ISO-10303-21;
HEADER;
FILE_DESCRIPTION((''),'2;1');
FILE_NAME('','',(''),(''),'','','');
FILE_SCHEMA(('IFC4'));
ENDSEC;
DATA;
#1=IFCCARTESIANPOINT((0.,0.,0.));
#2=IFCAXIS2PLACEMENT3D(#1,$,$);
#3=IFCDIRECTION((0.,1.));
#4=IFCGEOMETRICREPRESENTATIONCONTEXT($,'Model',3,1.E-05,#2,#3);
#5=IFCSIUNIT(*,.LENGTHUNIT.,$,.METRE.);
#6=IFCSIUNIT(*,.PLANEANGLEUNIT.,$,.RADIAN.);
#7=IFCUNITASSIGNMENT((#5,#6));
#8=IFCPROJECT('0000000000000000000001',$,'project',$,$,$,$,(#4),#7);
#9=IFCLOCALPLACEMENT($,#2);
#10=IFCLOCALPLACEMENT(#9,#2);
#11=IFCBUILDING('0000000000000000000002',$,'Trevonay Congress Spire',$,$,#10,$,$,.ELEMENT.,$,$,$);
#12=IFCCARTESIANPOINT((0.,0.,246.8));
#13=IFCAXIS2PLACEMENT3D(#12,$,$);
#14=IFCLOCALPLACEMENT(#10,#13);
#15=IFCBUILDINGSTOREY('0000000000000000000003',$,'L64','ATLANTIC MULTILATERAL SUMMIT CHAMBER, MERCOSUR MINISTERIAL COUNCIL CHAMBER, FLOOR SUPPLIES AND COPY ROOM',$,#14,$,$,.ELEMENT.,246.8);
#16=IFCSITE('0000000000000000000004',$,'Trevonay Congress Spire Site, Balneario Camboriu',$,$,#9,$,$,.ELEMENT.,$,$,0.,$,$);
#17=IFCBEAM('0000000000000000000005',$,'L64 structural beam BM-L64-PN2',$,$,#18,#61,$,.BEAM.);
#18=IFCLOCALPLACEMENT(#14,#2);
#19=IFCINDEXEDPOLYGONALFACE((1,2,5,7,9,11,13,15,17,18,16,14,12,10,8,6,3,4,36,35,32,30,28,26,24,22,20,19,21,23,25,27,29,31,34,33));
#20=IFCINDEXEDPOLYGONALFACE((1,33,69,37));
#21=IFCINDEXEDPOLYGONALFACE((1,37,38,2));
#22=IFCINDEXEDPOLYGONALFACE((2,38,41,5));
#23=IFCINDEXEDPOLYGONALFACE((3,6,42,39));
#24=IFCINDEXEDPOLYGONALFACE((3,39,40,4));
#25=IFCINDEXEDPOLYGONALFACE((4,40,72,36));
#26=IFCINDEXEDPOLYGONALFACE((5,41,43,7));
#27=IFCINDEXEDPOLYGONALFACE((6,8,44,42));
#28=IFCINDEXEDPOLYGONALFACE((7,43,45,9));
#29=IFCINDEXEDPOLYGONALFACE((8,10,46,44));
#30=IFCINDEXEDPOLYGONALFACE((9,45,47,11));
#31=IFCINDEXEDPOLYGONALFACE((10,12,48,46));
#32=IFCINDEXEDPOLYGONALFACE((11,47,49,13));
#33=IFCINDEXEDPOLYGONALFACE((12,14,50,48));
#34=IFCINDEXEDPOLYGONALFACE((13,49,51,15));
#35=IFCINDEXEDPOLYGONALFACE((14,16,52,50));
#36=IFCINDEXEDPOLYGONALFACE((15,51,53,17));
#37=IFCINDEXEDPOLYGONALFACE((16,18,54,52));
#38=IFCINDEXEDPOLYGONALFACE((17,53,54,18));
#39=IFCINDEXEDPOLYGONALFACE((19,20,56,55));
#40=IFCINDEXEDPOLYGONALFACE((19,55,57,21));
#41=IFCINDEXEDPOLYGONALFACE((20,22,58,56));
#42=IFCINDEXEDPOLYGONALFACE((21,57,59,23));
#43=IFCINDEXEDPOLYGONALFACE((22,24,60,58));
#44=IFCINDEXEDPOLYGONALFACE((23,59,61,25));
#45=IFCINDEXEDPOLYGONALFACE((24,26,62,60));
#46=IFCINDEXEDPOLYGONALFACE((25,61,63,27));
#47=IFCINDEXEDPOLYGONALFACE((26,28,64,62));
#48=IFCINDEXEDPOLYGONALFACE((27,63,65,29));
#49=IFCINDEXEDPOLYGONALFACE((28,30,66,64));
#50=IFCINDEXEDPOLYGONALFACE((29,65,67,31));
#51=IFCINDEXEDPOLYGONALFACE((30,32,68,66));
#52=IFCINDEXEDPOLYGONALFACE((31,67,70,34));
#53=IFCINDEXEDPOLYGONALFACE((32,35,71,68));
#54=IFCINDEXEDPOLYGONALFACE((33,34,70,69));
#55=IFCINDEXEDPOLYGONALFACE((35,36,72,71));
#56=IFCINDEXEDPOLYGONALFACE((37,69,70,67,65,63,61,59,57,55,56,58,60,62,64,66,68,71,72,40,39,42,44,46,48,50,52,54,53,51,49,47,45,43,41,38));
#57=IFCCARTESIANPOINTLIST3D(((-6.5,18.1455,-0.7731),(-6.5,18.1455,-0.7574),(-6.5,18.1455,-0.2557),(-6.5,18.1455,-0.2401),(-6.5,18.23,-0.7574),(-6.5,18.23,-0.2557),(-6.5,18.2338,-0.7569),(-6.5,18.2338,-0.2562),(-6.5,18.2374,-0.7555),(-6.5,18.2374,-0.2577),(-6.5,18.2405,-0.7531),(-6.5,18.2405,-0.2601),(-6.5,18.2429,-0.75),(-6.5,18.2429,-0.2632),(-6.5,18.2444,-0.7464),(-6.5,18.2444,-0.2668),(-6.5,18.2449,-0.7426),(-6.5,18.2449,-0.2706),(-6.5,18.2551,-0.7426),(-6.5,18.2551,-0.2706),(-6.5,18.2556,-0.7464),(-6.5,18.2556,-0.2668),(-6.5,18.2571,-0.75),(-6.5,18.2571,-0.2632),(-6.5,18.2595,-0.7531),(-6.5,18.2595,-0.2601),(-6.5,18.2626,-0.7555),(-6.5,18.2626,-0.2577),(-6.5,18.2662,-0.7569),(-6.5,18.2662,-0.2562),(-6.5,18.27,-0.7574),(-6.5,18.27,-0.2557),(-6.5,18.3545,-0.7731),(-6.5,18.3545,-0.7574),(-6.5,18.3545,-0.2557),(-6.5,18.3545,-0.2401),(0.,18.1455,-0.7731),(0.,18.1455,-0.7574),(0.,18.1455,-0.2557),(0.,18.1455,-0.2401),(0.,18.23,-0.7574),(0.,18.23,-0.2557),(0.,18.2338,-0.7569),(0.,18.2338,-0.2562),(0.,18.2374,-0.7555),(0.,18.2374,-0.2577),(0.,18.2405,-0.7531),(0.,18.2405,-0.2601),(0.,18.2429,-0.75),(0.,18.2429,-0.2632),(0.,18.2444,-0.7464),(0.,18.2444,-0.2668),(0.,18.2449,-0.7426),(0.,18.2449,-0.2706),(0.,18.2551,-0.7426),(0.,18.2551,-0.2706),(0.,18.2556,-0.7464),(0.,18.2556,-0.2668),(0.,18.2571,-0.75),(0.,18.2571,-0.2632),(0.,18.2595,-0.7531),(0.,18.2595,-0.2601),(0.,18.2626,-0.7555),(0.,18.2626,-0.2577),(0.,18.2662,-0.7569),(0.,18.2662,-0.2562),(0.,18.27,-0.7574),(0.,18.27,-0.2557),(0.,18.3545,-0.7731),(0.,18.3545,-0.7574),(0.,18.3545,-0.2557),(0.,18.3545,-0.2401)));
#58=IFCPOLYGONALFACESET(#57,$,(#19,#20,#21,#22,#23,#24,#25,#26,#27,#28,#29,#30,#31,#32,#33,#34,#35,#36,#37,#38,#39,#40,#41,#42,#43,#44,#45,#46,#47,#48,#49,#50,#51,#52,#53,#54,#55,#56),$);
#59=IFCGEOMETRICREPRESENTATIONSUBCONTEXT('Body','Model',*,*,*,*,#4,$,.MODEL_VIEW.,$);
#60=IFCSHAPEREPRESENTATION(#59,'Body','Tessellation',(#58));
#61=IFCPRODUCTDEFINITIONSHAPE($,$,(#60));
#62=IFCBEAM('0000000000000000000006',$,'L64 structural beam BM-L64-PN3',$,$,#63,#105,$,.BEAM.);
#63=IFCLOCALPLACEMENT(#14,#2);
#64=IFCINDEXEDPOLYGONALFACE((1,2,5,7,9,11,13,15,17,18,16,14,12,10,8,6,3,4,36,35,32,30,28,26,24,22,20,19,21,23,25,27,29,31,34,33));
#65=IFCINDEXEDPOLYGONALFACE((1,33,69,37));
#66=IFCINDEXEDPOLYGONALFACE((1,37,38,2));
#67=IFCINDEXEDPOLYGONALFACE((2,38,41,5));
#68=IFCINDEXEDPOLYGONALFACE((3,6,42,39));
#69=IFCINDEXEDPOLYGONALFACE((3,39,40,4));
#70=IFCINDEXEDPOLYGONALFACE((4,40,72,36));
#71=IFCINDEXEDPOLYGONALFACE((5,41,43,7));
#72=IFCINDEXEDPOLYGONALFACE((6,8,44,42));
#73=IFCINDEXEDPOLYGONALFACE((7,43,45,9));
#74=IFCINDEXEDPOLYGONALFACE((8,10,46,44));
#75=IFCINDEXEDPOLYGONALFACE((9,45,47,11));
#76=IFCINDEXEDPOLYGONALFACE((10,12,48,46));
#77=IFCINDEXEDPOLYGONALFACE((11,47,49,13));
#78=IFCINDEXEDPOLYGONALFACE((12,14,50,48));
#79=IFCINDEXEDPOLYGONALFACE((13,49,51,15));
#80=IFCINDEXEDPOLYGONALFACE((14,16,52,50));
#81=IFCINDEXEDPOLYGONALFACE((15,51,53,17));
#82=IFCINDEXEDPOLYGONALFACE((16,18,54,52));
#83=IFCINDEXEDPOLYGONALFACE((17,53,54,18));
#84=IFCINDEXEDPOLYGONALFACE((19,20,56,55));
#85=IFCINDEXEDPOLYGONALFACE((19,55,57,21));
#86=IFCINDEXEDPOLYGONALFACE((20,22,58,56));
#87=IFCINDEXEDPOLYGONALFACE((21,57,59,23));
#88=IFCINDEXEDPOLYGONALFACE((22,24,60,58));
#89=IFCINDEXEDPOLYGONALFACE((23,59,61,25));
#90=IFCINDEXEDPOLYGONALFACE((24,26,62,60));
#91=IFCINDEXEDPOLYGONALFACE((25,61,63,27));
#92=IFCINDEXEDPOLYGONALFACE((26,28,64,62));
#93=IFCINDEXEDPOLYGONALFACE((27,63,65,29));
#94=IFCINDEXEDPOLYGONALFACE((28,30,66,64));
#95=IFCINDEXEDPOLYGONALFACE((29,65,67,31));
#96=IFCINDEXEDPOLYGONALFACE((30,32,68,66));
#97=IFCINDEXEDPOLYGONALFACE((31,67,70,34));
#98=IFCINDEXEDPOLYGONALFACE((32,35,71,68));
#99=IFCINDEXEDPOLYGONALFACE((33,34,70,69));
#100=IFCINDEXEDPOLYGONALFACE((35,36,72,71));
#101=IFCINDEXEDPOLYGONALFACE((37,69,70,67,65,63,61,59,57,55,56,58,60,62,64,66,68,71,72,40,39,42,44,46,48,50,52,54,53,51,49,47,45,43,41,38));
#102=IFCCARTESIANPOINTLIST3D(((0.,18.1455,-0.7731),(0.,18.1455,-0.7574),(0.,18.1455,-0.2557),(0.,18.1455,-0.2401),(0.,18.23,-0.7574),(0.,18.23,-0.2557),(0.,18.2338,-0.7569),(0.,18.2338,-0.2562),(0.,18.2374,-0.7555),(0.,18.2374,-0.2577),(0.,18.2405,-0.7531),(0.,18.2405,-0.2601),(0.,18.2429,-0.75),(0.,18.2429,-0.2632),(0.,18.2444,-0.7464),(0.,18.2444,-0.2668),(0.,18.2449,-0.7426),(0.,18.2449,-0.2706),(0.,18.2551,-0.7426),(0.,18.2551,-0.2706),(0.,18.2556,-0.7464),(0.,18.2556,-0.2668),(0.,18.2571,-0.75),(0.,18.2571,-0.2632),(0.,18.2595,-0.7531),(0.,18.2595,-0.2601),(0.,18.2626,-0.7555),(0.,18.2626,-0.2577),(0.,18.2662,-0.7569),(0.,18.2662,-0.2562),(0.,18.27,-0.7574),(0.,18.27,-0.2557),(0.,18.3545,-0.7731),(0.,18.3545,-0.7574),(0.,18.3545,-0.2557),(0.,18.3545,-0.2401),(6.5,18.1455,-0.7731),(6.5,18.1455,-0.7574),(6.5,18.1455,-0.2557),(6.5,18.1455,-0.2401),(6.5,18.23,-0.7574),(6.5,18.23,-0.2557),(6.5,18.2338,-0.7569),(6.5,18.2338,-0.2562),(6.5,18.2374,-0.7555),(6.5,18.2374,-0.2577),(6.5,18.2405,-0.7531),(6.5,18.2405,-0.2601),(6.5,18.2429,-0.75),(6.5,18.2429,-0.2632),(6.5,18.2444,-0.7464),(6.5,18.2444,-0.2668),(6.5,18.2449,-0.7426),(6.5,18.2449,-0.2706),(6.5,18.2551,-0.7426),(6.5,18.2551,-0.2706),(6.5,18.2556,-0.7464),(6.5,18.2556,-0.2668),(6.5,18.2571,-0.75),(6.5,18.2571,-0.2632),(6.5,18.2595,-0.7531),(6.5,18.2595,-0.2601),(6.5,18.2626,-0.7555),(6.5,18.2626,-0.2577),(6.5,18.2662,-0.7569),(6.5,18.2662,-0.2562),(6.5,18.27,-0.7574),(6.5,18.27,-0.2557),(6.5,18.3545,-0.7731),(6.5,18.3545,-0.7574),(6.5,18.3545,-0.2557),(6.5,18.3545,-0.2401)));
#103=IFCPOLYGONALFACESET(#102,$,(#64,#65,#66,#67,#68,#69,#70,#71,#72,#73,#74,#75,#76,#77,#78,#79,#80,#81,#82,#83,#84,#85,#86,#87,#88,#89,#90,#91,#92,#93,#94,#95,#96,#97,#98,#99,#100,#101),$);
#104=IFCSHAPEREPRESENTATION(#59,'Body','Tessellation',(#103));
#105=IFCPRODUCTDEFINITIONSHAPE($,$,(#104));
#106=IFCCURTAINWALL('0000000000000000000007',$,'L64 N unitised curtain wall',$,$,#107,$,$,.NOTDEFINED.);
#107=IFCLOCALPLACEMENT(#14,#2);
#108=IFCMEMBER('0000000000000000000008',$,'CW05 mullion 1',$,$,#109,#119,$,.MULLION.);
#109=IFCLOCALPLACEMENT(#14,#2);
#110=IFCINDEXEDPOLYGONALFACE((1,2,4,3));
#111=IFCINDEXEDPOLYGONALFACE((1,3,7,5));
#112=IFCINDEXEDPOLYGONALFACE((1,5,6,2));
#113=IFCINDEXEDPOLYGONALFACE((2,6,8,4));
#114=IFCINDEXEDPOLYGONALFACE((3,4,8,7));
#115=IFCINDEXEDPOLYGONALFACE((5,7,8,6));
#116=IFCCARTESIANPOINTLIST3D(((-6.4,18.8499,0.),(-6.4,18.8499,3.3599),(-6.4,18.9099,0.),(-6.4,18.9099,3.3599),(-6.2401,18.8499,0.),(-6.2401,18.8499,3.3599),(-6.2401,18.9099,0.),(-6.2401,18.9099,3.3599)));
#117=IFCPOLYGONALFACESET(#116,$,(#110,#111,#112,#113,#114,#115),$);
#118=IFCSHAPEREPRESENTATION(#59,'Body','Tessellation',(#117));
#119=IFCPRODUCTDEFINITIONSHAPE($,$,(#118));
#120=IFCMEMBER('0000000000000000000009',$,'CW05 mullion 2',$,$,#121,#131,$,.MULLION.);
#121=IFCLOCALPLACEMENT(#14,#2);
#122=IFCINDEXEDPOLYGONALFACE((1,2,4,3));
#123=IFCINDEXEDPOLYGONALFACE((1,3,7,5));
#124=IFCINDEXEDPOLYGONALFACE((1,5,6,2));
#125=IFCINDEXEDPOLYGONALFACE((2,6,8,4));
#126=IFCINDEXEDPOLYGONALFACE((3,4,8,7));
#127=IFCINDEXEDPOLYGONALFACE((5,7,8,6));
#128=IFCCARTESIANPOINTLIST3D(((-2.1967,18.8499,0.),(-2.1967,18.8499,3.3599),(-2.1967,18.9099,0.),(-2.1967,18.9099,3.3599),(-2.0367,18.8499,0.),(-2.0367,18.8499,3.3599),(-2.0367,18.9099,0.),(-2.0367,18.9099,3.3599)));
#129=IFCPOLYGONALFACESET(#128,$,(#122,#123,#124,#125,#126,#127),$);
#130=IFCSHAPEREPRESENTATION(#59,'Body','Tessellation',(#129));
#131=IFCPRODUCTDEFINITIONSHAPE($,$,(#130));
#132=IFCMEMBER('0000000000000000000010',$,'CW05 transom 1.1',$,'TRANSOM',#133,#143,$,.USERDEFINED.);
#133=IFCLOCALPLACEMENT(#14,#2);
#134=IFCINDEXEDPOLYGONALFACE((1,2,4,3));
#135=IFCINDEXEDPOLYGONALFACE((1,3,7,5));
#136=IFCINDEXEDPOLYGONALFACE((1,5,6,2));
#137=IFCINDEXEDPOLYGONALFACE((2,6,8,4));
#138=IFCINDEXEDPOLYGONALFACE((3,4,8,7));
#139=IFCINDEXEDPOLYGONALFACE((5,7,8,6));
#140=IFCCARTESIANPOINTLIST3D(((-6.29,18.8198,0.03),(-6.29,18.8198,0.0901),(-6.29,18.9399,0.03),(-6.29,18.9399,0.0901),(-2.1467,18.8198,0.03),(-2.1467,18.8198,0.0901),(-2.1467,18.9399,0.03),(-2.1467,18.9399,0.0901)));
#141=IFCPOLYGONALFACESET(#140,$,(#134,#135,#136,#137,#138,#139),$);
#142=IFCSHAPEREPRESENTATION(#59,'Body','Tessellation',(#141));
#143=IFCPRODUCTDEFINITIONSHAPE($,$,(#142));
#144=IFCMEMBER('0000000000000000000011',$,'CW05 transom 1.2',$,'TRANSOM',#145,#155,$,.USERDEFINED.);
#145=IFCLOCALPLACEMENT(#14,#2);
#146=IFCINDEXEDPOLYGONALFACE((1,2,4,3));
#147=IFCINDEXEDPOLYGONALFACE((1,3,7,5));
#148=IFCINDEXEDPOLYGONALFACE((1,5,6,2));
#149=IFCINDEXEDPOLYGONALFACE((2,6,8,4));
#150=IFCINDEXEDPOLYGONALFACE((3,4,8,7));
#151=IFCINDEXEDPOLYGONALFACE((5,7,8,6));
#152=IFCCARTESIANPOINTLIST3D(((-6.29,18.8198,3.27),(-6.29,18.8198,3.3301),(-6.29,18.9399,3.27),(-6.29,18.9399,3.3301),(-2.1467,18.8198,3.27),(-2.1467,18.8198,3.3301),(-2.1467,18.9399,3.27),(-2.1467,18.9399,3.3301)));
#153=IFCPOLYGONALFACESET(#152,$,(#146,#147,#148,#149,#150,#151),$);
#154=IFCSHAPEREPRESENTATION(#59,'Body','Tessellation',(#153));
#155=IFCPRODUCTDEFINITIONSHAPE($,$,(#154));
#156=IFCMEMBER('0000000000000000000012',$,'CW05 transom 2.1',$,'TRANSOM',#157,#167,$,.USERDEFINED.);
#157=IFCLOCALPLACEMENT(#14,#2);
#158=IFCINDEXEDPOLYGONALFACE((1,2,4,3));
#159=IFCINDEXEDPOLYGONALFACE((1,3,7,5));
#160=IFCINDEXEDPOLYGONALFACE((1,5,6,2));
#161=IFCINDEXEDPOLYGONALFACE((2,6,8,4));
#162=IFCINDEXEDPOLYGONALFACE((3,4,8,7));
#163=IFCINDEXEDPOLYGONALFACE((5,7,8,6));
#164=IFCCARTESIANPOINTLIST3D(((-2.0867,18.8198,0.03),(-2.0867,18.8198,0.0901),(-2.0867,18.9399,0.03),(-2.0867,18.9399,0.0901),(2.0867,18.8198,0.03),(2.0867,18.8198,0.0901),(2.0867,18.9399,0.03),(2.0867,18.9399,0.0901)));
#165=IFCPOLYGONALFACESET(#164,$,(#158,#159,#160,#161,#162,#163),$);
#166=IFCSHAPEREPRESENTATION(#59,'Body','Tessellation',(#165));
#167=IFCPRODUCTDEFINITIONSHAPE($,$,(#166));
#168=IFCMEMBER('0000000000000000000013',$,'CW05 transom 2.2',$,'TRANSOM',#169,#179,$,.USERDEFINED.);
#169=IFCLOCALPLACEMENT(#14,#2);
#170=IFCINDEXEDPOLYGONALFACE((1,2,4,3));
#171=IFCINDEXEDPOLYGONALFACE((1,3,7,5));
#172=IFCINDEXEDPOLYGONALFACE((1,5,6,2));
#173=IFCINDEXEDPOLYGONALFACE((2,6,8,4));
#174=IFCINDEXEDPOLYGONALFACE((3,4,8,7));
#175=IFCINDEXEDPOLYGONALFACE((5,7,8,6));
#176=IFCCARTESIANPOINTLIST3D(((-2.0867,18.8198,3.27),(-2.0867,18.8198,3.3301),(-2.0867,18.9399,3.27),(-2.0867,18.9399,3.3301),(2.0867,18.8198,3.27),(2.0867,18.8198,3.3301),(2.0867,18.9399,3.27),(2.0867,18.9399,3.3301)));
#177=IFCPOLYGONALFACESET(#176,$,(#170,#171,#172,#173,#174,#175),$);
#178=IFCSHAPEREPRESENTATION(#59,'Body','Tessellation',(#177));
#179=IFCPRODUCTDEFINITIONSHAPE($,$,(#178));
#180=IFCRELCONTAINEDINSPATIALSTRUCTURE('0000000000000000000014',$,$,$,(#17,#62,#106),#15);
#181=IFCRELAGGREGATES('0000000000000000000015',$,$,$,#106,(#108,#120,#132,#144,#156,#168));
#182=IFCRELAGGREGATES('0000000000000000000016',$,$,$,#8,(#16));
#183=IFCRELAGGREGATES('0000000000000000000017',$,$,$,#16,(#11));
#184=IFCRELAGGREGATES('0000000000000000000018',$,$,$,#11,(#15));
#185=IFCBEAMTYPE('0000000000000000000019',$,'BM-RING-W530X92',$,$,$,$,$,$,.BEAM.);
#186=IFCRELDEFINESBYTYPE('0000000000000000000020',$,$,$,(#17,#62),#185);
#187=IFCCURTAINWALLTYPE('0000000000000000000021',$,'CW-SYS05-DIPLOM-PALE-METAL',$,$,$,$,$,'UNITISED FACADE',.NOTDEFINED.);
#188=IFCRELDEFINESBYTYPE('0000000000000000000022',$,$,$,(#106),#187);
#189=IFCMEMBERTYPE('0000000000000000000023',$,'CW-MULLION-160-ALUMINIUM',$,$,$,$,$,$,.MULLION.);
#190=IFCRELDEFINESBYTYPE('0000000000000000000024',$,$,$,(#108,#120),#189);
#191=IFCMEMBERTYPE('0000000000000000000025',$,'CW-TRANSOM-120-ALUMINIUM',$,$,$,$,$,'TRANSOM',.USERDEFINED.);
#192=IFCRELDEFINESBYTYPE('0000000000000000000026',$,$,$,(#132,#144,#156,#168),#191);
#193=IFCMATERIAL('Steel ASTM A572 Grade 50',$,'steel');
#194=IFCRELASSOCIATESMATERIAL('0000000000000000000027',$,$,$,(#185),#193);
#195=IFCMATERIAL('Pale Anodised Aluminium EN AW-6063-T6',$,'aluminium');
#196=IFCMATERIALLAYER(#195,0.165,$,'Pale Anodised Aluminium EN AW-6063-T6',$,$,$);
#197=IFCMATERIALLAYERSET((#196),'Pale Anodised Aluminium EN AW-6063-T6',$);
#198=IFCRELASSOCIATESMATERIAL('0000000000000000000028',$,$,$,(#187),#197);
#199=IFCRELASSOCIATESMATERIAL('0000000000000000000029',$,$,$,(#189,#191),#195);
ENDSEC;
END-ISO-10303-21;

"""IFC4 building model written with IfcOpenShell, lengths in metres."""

from ifc_helpers import new_model, si_unit, direction, frame, origin, origin_2d, place, context, subcontext, project, spatial, rectangle, i_section, extrude, material, layer, layer_set, material_profile, profile_set, type_object, element, aggregate, save


model = new_model("IFC4")

# Units and contexts
model_context = context("Model", 3, precision=1e-05, world=origin(), true_north=direction((0.0, 1.0)))
body_context = subcontext(model_context, "Body", "Model", "MODEL_VIEW")
ifc_project = project(units=[si_unit("LENGTHUNIT", "METRE"), si_unit("PLANEANGLEUNIT", "RADIAN")], contexts=[model_context])

# Site, building, storey
site_placement = place(None, origin())
site = spatial("IfcSite", under=ifc_project, at=site_placement, Name="Trevonay Congress Spire Site, Balneario Camboriu", CompositionType="ELEMENT", RefElevation=0.0)
building_placement = place(site_placement, origin())
building = spatial("IfcBuilding", under=site, at=building_placement, Name="Trevonay Congress Spire", CompositionType="ELEMENT")
storey_placement = place(building_placement, frame((0.0, 0.0, 246.8)))
storey = spatial("IfcBuildingStorey", under=building, at=storey_placement, Name="L64", Description="ATLANTIC MULTILATERAL SUMMIT CHAMBER, MERCOSUR MINISTERIAL COUNCIL CHAMBER, FLOOR SUPPLIES AND COPY ROOM", CompositionType="ELEMENT", Elevation=246.8)

# Shared definitions
ifc_material_1 = material(Name="Steel ASTM A572 Grade 50", Category="steel")

# Beams
ifc_material_profile_1 = material_profile(ifc_material_1, i_section(OverallWidth=0.209, OverallDepth=0.533, WebThickness=0.0103, FlangeThickness=0.0156, FilletRadius=0.0149, at=origin_2d()), Name="W530x92")
ifc_profile_set_1 = profile_set([ifc_material_profile_1], Name="Steel ASTM A572 Grade 50")
beam_type_1 = type_object("IfcBeamType", Name="BM-RING-W530X92", PredefinedType="BEAM", material=ifc_profile_set_1)
for number, where, z_axis, x_axis, name in (
    (1, (-6.5, 18.25, -0.5066), (1.0, 0.0, 0.0), (0.0, 1.0, 0.0), "L64 structural beam BM-L64-PN2"),
    (2, (0.0, 18.25, -0.5066), (1.0, 0.0, 0.0), (0.0, 1.0, 0.0), "L64 structural beam BM-L64-PN3"),
):
    element("IfcBeam", number, at=place(storey_placement, frame(where, z_axis=z_axis, x_axis=x_axis)), inside=storey, type_object=beam_type_1, Name=name, PredefinedType="BEAM", context=body_context, shape_type="SweptSolid", body=[
        extrude(i_section(OverallWidth=0.209, OverallDepth=0.533, WebThickness=0.0103, FlangeThickness=0.0156, FilletRadius=0.0149, at=origin_2d()), origin(), (0.0, 0.0, 1.0), 6.5),
    ])

# Curtain wall, members
ifc_material_2 = material(Name="Pale Anodised Aluminium EN AW-6063-T6", Category="aluminium")
ifc_layer_1 = layer(ifc_material_2, 0.165, Name="Pale Anodised Aluminium EN AW-6063-T6")
ifc_layer_set_1 = layer_set([ifc_layer_1], Name="Pale Anodised Aluminium EN AW-6063-T6")
curtain_wall_type = type_object("IfcCurtainWallType", Name="CW-SYS05-DIPLOM-PALE-METAL", ElementType="UNITISED FACADE", PredefinedType="NOTDEFINED", material=ifc_layer_set_1)
curtain_wall_placement = place(storey_placement, origin())
curtain_wall = element("IfcCurtainWall", 3, at=curtain_wall_placement, inside=storey, type_object=curtain_wall_type, Name="L64 N unitised curtain wall", PredefinedType="NOTDEFINED")
ifc_material_profile_2 = material_profile(ifc_material_2, rectangle(XDim=0.0601, YDim=0.1599, at=origin_2d()), Name="CW-MULLION-160-ALUMINIUM")
ifc_profile_set_2 = profile_set([ifc_material_profile_2], Name="Pale Anodised Aluminium EN AW-6063-T6")
member_type_1 = type_object("IfcMemberType", Name="CW-MULLION-160-ALUMINIUM", PredefinedType="MULLION", material=ifc_profile_set_2)
member_1_placement = place(storey_placement, frame((-6.3201, 18.8799, 0.0), z_axis=(0.0, 0.0, 1.0), x_axis=(0.0, 1.0, 0.0)))
member_1 = element("IfcMember", 4, at=member_1_placement, type_object=member_type_1, Name="CW05 mullion 1", PredefinedType="MULLION", context=body_context, shape_type="SweptSolid", body=[
    extrude(rectangle(XDim=0.0601, YDim=0.1599, at=origin_2d()), origin(), (0.0, 0.0, 1.0), 3.3599),
])
member_2_placement = place(storey_placement, frame((-2.1167, 18.8799, 0.0), z_axis=(0.0, 0.0, 1.0), x_axis=(0.0, 1.0, 0.0)))
member_2 = element("IfcMember", 5, at=member_2_placement, type_object=member_type_1, Name="CW05 mullion 2", PredefinedType="MULLION", context=body_context, shape_type="SweptSolid", body=[
    extrude(rectangle(XDim=0.0601, YDim=0.1599, at=origin_2d()), origin(), (0.0, 0.0, 1.0), 3.3599),
])
ifc_material_profile_3 = material_profile(ifc_material_2, rectangle(XDim=0.1201, YDim=0.0601, at=origin_2d()), Name="CW-TRANSOM-120-ALUMINIUM")
ifc_profile_set_3 = profile_set([ifc_material_profile_3], Name="Pale Anodised Aluminium EN AW-6063-T6")
member_type_2 = type_object("IfcMemberType", Name="CW-TRANSOM-120-ALUMINIUM", ElementType="TRANSOM", PredefinedType="USERDEFINED", material=ifc_profile_set_3)
member_3_placement = place(storey_placement, frame((-6.29, 18.8799, 0.0601), z_axis=(1.0, 0.0, 0.0), x_axis=(0.0, 1.0, 0.0)))
member_3 = element("IfcMember", 6, at=member_3_placement, type_object=member_type_2, Name="CW05 transom 1.1", ObjectType="TRANSOM", PredefinedType="USERDEFINED", context=body_context, shape_type="SweptSolid", body=[
    extrude(rectangle(XDim=0.1201, YDim=0.0601, at=origin_2d()), origin(), (0.0, 0.0, 1.0), 4.1433),
])
member_4_placement = place(storey_placement, frame((-6.29, 18.8799, 3.3), z_axis=(1.0, 0.0, 0.0), x_axis=(0.0, 1.0, 0.0)))
member_4 = element("IfcMember", 7, at=member_4_placement, type_object=member_type_2, Name="CW05 transom 1.2", ObjectType="TRANSOM", PredefinedType="USERDEFINED", context=body_context, shape_type="SweptSolid", body=[
    extrude(rectangle(XDim=0.1201, YDim=0.0601, at=origin_2d()), origin(), (0.0, 0.0, 1.0), 4.1433),
])
member_5_placement = place(storey_placement, frame((-2.0867, 18.8799, 0.0601), z_axis=(1.0, 0.0, 0.0), x_axis=(0.0, 1.0, 0.0)))
member_5 = element("IfcMember", 8, at=member_5_placement, type_object=member_type_2, Name="CW05 transom 2.1", ObjectType="TRANSOM", PredefinedType="USERDEFINED", context=body_context, shape_type="SweptSolid", body=[
    extrude(rectangle(XDim=0.1201, YDim=0.0601, at=origin_2d()), origin(), (0.0, 0.0, 1.0), 4.1733),
])
member_6_placement = place(storey_placement, frame((-2.0867, 18.8799, 3.3), z_axis=(1.0, 0.0, 0.0), x_axis=(0.0, 1.0, 0.0)))
member_6 = element("IfcMember", 9, at=member_6_placement, type_object=member_type_2, Name="CW05 transom 2.2", ObjectType="TRANSOM", PredefinedType="USERDEFINED", context=body_context, shape_type="SweptSolid", body=[
    extrude(rectangle(XDim=0.1201, YDim=0.0601, at=origin_2d()), origin(), (0.0, 0.0, 1.0), 4.1733),
])

aggregate(curtain_wall, [member_1, member_2, member_3, member_4, member_5, member_6])

save(model, "model.ifc")
